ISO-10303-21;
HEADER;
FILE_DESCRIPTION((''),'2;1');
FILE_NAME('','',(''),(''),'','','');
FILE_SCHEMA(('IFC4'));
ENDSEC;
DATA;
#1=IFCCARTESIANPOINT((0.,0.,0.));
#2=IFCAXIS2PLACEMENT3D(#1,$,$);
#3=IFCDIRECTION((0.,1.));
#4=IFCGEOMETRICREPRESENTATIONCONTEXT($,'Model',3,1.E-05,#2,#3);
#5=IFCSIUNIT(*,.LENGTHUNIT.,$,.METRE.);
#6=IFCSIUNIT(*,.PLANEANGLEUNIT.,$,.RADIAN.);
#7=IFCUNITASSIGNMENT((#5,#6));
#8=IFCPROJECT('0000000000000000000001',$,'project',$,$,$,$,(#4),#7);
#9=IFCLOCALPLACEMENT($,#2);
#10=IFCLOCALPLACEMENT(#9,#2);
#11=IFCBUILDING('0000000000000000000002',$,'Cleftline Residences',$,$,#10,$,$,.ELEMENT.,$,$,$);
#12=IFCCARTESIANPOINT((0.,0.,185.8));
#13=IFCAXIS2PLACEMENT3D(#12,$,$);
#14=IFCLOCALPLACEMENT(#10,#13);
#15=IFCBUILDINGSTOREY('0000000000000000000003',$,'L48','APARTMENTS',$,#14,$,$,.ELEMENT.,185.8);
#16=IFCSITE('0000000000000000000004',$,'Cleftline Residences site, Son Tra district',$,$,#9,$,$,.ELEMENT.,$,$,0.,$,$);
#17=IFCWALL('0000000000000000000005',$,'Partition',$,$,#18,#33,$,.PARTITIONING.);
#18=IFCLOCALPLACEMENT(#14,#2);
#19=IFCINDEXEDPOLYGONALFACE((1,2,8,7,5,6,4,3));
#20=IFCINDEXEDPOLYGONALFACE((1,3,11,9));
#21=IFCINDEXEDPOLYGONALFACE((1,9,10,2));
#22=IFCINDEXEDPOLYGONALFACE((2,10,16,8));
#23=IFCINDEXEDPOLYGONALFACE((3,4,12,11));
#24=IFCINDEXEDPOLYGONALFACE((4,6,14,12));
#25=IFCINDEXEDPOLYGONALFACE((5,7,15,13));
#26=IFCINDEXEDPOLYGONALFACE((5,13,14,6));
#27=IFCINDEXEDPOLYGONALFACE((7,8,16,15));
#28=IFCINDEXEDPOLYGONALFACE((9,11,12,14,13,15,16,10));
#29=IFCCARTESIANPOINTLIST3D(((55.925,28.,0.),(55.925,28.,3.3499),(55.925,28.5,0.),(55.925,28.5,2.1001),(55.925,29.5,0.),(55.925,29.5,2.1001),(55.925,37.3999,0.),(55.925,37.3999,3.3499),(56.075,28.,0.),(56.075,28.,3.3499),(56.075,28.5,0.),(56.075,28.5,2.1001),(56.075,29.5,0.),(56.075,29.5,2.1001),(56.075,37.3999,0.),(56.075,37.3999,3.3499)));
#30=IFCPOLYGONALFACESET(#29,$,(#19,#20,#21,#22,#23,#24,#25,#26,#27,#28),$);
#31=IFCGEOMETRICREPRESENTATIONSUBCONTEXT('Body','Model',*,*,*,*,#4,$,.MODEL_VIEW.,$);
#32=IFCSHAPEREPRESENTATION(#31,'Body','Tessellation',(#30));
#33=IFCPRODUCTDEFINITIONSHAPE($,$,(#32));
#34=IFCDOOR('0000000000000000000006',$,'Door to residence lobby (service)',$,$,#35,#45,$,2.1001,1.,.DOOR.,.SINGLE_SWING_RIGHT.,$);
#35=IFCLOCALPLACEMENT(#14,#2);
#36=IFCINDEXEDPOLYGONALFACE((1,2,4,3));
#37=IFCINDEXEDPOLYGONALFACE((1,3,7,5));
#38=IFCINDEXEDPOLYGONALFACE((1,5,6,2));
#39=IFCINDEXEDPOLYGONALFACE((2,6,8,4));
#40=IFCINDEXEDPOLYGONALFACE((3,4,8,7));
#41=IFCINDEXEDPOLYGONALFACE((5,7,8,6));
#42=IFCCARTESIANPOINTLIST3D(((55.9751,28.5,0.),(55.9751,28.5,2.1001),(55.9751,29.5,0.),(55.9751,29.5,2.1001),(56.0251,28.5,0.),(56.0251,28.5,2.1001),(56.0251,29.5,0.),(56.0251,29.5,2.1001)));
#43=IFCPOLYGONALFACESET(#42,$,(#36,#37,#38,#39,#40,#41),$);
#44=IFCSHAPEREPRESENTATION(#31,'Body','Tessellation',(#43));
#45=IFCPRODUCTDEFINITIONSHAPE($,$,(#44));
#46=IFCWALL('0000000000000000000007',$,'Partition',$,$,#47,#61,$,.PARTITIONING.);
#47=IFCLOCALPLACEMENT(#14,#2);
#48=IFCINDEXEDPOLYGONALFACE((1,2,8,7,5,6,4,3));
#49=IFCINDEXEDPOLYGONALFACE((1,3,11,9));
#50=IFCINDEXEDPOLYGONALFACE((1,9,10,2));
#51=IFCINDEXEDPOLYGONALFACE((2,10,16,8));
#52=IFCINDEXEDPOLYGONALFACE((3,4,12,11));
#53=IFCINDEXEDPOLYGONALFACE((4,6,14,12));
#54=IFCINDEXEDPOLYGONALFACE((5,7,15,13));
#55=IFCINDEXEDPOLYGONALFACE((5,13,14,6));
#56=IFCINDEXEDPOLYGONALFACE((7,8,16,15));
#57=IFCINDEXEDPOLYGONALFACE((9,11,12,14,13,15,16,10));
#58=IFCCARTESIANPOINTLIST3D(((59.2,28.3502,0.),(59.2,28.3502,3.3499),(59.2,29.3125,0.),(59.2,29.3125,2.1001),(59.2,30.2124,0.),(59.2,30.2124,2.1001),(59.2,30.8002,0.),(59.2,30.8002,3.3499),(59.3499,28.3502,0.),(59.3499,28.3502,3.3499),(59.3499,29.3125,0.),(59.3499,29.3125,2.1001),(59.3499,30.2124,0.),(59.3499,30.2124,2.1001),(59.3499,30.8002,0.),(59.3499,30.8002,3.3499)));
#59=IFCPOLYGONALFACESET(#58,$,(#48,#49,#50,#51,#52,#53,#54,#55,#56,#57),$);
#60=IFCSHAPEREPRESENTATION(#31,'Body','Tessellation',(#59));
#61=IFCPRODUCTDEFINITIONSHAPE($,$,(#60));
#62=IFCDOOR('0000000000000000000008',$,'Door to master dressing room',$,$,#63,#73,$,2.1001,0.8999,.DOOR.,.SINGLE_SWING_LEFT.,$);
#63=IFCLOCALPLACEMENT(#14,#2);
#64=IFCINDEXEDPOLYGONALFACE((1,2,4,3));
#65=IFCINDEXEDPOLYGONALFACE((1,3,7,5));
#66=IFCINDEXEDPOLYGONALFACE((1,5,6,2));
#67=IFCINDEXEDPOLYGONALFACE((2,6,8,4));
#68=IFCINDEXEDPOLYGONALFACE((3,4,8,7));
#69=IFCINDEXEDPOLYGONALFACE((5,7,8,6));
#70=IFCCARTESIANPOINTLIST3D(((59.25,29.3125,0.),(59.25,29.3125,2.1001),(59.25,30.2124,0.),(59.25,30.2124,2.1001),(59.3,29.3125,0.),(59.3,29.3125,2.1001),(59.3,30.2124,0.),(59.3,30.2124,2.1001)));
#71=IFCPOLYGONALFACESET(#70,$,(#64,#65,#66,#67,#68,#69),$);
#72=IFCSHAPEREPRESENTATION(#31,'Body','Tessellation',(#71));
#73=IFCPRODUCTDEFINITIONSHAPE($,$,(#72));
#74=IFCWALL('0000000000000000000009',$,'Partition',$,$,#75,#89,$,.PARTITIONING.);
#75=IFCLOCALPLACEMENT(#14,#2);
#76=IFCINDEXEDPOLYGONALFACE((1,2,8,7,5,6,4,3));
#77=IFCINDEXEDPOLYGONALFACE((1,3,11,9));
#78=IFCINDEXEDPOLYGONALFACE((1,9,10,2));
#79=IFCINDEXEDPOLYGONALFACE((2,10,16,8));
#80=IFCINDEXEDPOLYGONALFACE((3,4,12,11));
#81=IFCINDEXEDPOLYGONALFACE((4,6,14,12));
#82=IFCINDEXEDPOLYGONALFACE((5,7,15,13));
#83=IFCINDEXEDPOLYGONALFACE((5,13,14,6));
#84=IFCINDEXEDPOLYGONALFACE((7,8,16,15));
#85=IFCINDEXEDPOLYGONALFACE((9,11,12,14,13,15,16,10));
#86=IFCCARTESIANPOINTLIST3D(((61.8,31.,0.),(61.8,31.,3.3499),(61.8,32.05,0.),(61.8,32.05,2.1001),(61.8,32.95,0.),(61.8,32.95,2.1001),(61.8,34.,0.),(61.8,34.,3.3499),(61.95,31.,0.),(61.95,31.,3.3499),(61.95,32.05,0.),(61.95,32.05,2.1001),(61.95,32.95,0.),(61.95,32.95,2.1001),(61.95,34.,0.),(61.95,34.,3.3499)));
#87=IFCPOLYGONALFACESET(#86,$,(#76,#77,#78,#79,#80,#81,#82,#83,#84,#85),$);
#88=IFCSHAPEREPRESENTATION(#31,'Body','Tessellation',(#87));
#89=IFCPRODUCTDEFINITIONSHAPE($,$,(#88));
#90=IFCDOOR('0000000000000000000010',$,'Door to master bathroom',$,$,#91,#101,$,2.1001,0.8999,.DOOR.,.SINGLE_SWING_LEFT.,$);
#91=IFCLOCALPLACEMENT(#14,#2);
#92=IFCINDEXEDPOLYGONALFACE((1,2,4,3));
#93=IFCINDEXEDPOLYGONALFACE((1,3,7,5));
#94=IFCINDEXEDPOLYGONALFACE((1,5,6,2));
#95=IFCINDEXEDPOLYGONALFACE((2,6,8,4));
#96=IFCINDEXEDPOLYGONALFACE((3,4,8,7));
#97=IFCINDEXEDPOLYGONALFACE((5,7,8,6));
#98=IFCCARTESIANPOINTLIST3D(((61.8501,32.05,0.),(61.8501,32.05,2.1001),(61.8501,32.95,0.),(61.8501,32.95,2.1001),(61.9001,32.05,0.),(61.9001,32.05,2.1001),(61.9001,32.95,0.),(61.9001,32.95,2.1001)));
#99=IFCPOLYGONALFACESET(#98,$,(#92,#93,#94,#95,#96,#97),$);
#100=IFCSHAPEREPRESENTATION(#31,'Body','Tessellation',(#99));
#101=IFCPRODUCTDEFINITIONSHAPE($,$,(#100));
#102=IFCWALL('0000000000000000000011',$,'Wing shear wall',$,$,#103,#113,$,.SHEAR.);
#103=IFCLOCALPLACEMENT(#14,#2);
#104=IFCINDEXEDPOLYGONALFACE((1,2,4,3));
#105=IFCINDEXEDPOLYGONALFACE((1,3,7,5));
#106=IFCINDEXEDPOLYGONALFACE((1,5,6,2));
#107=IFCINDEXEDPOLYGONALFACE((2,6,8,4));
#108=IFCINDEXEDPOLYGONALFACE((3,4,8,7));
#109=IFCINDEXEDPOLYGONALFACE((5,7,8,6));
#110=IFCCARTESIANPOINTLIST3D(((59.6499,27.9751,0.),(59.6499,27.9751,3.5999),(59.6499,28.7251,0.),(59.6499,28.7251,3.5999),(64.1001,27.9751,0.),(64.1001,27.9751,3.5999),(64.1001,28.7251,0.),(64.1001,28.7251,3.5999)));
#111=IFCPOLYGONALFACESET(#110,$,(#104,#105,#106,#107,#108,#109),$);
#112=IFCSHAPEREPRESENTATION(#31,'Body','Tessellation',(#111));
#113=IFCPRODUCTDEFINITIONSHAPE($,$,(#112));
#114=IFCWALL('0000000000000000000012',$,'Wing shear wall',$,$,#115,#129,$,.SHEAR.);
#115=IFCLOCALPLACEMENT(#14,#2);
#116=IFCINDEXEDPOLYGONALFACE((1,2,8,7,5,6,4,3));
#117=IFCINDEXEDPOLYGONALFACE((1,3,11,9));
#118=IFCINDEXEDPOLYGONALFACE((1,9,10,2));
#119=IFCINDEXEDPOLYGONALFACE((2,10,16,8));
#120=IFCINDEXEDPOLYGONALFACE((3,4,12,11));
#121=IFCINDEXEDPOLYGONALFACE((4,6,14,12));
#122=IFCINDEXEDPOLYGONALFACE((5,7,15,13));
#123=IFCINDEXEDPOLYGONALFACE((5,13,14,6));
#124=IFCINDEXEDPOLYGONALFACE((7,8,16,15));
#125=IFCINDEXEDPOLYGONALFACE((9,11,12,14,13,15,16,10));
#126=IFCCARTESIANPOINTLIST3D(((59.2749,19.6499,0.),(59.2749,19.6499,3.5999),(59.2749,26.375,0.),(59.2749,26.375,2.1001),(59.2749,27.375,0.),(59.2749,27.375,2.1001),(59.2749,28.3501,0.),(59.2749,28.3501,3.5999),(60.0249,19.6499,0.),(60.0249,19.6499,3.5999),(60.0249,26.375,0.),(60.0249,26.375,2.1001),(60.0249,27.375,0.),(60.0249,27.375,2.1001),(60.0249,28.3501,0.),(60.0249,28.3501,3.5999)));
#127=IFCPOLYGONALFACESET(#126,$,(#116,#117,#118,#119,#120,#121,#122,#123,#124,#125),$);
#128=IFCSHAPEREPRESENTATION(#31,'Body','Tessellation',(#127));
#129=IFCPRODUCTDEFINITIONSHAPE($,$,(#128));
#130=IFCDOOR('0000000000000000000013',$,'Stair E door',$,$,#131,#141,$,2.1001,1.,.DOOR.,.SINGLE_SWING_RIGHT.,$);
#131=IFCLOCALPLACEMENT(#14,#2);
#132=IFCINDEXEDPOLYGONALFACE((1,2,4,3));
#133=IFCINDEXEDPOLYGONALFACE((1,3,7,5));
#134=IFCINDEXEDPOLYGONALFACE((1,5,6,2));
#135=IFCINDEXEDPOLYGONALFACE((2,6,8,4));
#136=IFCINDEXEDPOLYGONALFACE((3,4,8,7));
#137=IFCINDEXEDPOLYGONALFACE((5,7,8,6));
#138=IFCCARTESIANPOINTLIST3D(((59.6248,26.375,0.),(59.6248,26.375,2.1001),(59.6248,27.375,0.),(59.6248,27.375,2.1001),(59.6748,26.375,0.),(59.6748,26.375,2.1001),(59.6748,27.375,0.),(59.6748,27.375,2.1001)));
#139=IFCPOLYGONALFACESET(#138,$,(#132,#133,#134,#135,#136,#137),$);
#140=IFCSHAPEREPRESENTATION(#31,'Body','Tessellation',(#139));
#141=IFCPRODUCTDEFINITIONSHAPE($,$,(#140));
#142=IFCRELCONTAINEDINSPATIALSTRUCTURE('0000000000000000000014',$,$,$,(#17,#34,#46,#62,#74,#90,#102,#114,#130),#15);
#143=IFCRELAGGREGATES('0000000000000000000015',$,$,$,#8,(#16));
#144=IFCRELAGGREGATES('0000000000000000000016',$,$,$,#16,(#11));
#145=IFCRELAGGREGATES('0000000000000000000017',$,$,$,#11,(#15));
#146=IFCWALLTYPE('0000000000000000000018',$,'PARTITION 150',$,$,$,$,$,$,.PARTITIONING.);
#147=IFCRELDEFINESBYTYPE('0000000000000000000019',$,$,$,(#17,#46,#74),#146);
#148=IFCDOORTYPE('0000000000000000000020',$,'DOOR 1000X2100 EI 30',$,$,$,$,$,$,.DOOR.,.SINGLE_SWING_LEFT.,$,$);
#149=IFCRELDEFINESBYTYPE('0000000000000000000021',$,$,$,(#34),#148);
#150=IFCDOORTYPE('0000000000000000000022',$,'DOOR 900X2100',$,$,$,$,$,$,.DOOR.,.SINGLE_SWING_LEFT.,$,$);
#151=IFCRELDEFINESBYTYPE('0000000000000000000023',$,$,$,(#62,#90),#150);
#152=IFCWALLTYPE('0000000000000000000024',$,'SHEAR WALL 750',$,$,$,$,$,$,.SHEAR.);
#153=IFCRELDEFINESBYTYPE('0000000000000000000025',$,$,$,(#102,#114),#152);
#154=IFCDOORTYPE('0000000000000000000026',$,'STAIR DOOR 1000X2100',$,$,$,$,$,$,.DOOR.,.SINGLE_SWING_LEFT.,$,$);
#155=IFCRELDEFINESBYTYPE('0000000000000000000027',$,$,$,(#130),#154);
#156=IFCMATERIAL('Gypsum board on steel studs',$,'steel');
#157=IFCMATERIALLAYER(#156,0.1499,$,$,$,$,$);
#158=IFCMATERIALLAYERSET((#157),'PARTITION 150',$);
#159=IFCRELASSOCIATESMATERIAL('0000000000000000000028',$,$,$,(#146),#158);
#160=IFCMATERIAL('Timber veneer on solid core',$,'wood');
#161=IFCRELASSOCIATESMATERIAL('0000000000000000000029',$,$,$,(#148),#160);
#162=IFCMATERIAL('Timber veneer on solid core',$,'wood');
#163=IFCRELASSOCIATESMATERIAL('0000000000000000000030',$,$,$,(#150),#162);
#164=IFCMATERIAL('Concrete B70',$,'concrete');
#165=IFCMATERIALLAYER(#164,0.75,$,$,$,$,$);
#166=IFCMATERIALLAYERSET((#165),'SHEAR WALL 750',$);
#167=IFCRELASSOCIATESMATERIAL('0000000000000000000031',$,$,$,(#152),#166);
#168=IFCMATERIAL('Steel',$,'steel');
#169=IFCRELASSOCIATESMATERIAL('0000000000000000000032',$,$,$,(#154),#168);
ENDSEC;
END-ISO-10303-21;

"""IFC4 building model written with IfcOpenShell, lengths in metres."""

from ifc_helpers import new_model, si_unit, direction, frame, frame_2d, origin, place, context, subcontext, project, spatial, rectangle, extrude, material, layer, layer_set, type_object, element, fill, save


model = new_model("IFC4")

# Units and contexts
model_context = context("Model", 3, precision=1e-05, world=origin(), true_north=direction((0.0, 1.0)))
body_context = subcontext(model_context, "Body", "Model", "MODEL_VIEW")
ifc_project = project(units=[si_unit("LENGTHUNIT", "METRE"), si_unit("PLANEANGLEUNIT", "RADIAN")], contexts=[model_context])

# Site, building, storey
site_placement = place(None, origin())
site = spatial("IfcSite", under=ifc_project, at=site_placement, Name="Cleftline Residences site, Son Tra district", CompositionType="ELEMENT", RefElevation=0.0)
building_placement = place(site_placement, origin())
building = spatial("IfcBuilding", under=site, at=building_placement, Name="Cleftline Residences", CompositionType="ELEMENT")
storey_placement = place(building_placement, frame((0.0, 0.0, 185.8)))
storey = spatial("IfcBuildingStorey", under=building, at=storey_placement, Name="L48", Description="APARTMENTS", CompositionType="ELEMENT", Elevation=185.8)

# Shared definitions
ifc_material_1 = material(Name="Gypsum board on steel studs", Category="steel")
ifc_layer_1 = layer(ifc_material_1, 0.1499)
ifc_layer_set_1 = layer_set([ifc_layer_1], Name="PARTITION 150")
wall_type_1 = type_object("IfcWallType", Name="PARTITION 150", PredefinedType="PARTITIONING", material=ifc_layer_set_1)

# Walls, openings, doors
wall_1_placement = place(storey_placement, frame((56.0, 28.0, 0.0), z_axis=(0.0, 0.0, 1.0), x_axis=(0.0, 1.0, 0.0)))
wall_1 = element("IfcWall", 1, at=wall_1_placement, inside=storey, type_object=wall_type_1, Name="Partition", PredefinedType="PARTITIONING", context=body_context, shape_type="SweptSolid", body=[
    extrude(rectangle(XDim=9.3999, YDim=0.1499, at=frame_2d((4.7, 0.0))), origin(), (0.0, 0.0, 1.0), 3.3499),
])
opening_1_placement = place(wall_1_placement, frame((0.5, 0.0, 0.0)))
opening_1 = element("IfcOpeningElement", 2, at=opening_1_placement, cuts=wall_1, PredefinedType="OPENING", context=body_context, shape_type="SweptSolid", body=[
    extrude(rectangle(XDim=1.0, YDim=2.1001, at=frame_2d((0.5, 1.05))), frame((0.0, 0.085, 0.0), z_axis=(0.0, -1.0, 0.0), x_axis=(1.0, 0.0, 0.0)), (0.0, 0.0, 1.0), 0.1699),
])
ifc_material_2 = material(Name="Timber veneer on solid core", Category="wood")
door_type_1 = type_object("IfcDoorType", Name="DOOR 1000X2100 EI 30", OperationType="SINGLE_SWING_LEFT", PredefinedType="DOOR", material=ifc_material_2)
door_1_placement = place(opening_1_placement, origin())
door_1 = element("IfcDoor", 3, at=door_1_placement, inside=storey, type_object=door_type_1, Name="Door to residence lobby (service)", OperationType="SINGLE_SWING_RIGHT", OverallHeight=2.1001, OverallWidth=1.0, PredefinedType="DOOR", context=body_context, shape_type="SweptSolid", body=[
    extrude(rectangle(XDim=1.0, YDim=2.1001, at=frame_2d((0.5, 1.05))), frame((0.0, 0.0249, 0.0), z_axis=(0.0, -1.0, 0.0), x_axis=(1.0, 0.0, 0.0)), (0.0, 0.0, 1.0), 0.05),
])
fill(opening_1, door_1)
wall_2_placement = place(storey_placement, frame((59.2749, 28.3501, 0.0), z_axis=(0.0, 0.0, 1.0), x_axis=(0.0, 1.0, 0.0)))
wall_2 = element("IfcWall", 4, at=wall_2_placement, inside=storey, type_object=wall_type_1, Name="Partition", PredefinedType="PARTITIONING", context=body_context, shape_type="SweptSolid", body=[
    extrude(rectangle(XDim=2.45, YDim=0.1499, at=frame_2d((1.2251, 0.0))), origin(), (0.0, 0.0, 1.0), 3.3499),
])
opening_2_placement = place(wall_2_placement, frame((0.9624, 0.0, 0.0)))
opening_2 = element("IfcOpeningElement", 5, at=opening_2_placement, cuts=wall_2, PredefinedType="OPENING", context=body_context, shape_type="SweptSolid", body=[
    extrude(rectangle(XDim=0.8999, YDim=2.1001, at=frame_2d((0.45, 1.05))), frame((0.0, 0.085, 0.0), z_axis=(0.0, -1.0, 0.0), x_axis=(1.0, 0.0, 0.0)), (0.0, 0.0, 1.0), 0.1699),
])
ifc_material_3 = material(Name="Timber veneer on solid core", Category="wood")
door_type_2 = type_object("IfcDoorType", Name="DOOR 900X2100", OperationType="SINGLE_SWING_LEFT", PredefinedType="DOOR", material=ifc_material_3)
door_2_placement = place(opening_2_placement, origin())
door_2 = element("IfcDoor", 6, at=door_2_placement, inside=storey, type_object=door_type_2, Name="Door to master dressing room", OperationType="SINGLE_SWING_LEFT", OverallHeight=2.1001, OverallWidth=0.8999, PredefinedType="DOOR", context=body_context, shape_type="SweptSolid", body=[
    extrude(rectangle(XDim=0.8999, YDim=2.1001, at=frame_2d((0.45, 1.05))), frame((0.0, 0.0249, 0.0), z_axis=(0.0, -1.0, 0.0), x_axis=(1.0, 0.0, 0.0)), (0.0, 0.0, 1.0), 0.05),
])
fill(opening_2, door_2)
wall_3_placement = place(storey_placement, frame((61.875, 31.0, 0.0), z_axis=(0.0, 0.0, 1.0), x_axis=(0.0, 1.0, 0.0)))
wall_3 = element("IfcWall", 7, at=wall_3_placement, inside=storey, type_object=wall_type_1, Name="Partition", PredefinedType="PARTITIONING", context=body_context, shape_type="SweptSolid", body=[
    extrude(rectangle(XDim=3.0, YDim=0.1499, at=frame_2d((1.5, 0.0))), origin(), (0.0, 0.0, 1.0), 3.3499),
])
opening_3_placement = place(wall_3_placement, frame((1.05, 0.0, 0.0)))
opening_3 = element("IfcOpeningElement", 8, at=opening_3_placement, cuts=wall_3, PredefinedType="OPENING", context=body_context, shape_type="SweptSolid", body=[
    extrude(rectangle(XDim=0.8999, YDim=2.1001, at=frame_2d((0.45, 1.05))), frame((0.0, 0.085, 0.0), z_axis=(0.0, -1.0, 0.0), x_axis=(1.0, 0.0, 0.0)), (0.0, 0.0, 1.0), 0.1699),
])
door_3_placement = place(opening_3_placement, origin())
door_3 = element("IfcDoor", 9, at=door_3_placement, inside=storey, type_object=door_type_2, Name="Door to master bathroom", OperationType="SINGLE_SWING_LEFT", OverallHeight=2.1001, OverallWidth=0.8999, PredefinedType="DOOR", context=body_context, shape_type="SweptSolid", body=[
    extrude(rectangle(XDim=0.8999, YDim=2.1001, at=frame_2d((0.45, 1.05))), frame((0.0, 0.0249, 0.0), z_axis=(0.0, -1.0, 0.0), x_axis=(1.0, 0.0, 0.0)), (0.0, 0.0, 1.0), 0.05),
])
fill(opening_3, door_3)

# Wall
ifc_material_4 = material(Name="Concrete B70", Category="concrete")
ifc_layer_2 = layer(ifc_material_4, 0.75)
ifc_layer_set_2 = layer_set([ifc_layer_2], Name="SHEAR WALL 750")
wall_type_2 = type_object("IfcWallType", Name="SHEAR WALL 750", PredefinedType="SHEAR", material=ifc_layer_set_2)
wall_4_placement = place(storey_placement, frame((64.1001, 28.3501, 0.0), z_axis=(0.0, 0.0, 1.0), x_axis=(-1.0, 0.0, 0.0)))
element("IfcWall", 10, at=wall_4_placement, inside=storey, type_object=wall_type_2, Name="Wing shear wall", PredefinedType="SHEAR", context=body_context, shape_type="SweptSolid", body=[
    extrude(rectangle(XDim=4.4502, YDim=0.75, at=frame_2d((2.2251, 0.0))), origin(), (0.0, 0.0, 1.0), 3.5999),
])

# Wall, opening, door
wall_5_placement = place(storey_placement, frame((59.6499, 28.3501, 0.0), z_axis=(0.0, 0.0, 1.0), x_axis=(0.0, -1.0, 0.0)))
wall_5 = element("IfcWall", 11, at=wall_5_placement, inside=storey, type_object=wall_type_2, Name="Wing shear wall", PredefinedType="SHEAR", context=body_context, shape_type="SweptSolid", body=[
    extrude(rectangle(XDim=8.7002, YDim=0.75, at=frame_2d((4.3501, 0.0))), origin(), (0.0, 0.0, 1.0), 3.5999),
])
opening_4_placement = place(wall_5_placement, frame((0.9751, 0.0, 0.0)))
opening_4 = element("IfcOpeningElement", 12, at=opening_4_placement, cuts=wall_5, PredefinedType="OPENING", context=body_context, shape_type="SweptSolid", body=[
    extrude(rectangle(XDim=1.0, YDim=2.1001, at=frame_2d((0.5, 1.05))), frame((0.0, 0.385, 0.0), z_axis=(0.0, -1.0, 0.0), x_axis=(1.0, 0.0, 0.0)), (0.0, 0.0, 1.0), 0.77),
])
ifc_material_5 = material(Name="Steel", Category="steel")
door_type_3 = type_object("IfcDoorType", Name="STAIR DOOR 1000X2100", OperationType="SINGLE_SWING_LEFT", PredefinedType="DOOR", material=ifc_material_5)
door_4_placement = place(opening_4_placement, origin())
door_4 = element("IfcDoor", 13, at=door_4_placement, inside=storey, type_object=door_type_3, Name="Stair E door", OperationType="SINGLE_SWING_RIGHT", OverallHeight=2.1001, OverallWidth=1.0, PredefinedType="DOOR", context=body_context, shape_type="SweptSolid", body=[
    extrude(rectangle(XDim=1.0, YDim=2.1001, at=frame_2d((0.5, 1.05))), frame((0.0, 0.0249, 0.0), z_axis=(0.0, -1.0, 0.0), x_axis=(1.0, 0.0, 0.0)), (0.0, 0.0, 1.0), 0.05),
])
fill(opening_4, door_4)

save(model, "model.ifc")
